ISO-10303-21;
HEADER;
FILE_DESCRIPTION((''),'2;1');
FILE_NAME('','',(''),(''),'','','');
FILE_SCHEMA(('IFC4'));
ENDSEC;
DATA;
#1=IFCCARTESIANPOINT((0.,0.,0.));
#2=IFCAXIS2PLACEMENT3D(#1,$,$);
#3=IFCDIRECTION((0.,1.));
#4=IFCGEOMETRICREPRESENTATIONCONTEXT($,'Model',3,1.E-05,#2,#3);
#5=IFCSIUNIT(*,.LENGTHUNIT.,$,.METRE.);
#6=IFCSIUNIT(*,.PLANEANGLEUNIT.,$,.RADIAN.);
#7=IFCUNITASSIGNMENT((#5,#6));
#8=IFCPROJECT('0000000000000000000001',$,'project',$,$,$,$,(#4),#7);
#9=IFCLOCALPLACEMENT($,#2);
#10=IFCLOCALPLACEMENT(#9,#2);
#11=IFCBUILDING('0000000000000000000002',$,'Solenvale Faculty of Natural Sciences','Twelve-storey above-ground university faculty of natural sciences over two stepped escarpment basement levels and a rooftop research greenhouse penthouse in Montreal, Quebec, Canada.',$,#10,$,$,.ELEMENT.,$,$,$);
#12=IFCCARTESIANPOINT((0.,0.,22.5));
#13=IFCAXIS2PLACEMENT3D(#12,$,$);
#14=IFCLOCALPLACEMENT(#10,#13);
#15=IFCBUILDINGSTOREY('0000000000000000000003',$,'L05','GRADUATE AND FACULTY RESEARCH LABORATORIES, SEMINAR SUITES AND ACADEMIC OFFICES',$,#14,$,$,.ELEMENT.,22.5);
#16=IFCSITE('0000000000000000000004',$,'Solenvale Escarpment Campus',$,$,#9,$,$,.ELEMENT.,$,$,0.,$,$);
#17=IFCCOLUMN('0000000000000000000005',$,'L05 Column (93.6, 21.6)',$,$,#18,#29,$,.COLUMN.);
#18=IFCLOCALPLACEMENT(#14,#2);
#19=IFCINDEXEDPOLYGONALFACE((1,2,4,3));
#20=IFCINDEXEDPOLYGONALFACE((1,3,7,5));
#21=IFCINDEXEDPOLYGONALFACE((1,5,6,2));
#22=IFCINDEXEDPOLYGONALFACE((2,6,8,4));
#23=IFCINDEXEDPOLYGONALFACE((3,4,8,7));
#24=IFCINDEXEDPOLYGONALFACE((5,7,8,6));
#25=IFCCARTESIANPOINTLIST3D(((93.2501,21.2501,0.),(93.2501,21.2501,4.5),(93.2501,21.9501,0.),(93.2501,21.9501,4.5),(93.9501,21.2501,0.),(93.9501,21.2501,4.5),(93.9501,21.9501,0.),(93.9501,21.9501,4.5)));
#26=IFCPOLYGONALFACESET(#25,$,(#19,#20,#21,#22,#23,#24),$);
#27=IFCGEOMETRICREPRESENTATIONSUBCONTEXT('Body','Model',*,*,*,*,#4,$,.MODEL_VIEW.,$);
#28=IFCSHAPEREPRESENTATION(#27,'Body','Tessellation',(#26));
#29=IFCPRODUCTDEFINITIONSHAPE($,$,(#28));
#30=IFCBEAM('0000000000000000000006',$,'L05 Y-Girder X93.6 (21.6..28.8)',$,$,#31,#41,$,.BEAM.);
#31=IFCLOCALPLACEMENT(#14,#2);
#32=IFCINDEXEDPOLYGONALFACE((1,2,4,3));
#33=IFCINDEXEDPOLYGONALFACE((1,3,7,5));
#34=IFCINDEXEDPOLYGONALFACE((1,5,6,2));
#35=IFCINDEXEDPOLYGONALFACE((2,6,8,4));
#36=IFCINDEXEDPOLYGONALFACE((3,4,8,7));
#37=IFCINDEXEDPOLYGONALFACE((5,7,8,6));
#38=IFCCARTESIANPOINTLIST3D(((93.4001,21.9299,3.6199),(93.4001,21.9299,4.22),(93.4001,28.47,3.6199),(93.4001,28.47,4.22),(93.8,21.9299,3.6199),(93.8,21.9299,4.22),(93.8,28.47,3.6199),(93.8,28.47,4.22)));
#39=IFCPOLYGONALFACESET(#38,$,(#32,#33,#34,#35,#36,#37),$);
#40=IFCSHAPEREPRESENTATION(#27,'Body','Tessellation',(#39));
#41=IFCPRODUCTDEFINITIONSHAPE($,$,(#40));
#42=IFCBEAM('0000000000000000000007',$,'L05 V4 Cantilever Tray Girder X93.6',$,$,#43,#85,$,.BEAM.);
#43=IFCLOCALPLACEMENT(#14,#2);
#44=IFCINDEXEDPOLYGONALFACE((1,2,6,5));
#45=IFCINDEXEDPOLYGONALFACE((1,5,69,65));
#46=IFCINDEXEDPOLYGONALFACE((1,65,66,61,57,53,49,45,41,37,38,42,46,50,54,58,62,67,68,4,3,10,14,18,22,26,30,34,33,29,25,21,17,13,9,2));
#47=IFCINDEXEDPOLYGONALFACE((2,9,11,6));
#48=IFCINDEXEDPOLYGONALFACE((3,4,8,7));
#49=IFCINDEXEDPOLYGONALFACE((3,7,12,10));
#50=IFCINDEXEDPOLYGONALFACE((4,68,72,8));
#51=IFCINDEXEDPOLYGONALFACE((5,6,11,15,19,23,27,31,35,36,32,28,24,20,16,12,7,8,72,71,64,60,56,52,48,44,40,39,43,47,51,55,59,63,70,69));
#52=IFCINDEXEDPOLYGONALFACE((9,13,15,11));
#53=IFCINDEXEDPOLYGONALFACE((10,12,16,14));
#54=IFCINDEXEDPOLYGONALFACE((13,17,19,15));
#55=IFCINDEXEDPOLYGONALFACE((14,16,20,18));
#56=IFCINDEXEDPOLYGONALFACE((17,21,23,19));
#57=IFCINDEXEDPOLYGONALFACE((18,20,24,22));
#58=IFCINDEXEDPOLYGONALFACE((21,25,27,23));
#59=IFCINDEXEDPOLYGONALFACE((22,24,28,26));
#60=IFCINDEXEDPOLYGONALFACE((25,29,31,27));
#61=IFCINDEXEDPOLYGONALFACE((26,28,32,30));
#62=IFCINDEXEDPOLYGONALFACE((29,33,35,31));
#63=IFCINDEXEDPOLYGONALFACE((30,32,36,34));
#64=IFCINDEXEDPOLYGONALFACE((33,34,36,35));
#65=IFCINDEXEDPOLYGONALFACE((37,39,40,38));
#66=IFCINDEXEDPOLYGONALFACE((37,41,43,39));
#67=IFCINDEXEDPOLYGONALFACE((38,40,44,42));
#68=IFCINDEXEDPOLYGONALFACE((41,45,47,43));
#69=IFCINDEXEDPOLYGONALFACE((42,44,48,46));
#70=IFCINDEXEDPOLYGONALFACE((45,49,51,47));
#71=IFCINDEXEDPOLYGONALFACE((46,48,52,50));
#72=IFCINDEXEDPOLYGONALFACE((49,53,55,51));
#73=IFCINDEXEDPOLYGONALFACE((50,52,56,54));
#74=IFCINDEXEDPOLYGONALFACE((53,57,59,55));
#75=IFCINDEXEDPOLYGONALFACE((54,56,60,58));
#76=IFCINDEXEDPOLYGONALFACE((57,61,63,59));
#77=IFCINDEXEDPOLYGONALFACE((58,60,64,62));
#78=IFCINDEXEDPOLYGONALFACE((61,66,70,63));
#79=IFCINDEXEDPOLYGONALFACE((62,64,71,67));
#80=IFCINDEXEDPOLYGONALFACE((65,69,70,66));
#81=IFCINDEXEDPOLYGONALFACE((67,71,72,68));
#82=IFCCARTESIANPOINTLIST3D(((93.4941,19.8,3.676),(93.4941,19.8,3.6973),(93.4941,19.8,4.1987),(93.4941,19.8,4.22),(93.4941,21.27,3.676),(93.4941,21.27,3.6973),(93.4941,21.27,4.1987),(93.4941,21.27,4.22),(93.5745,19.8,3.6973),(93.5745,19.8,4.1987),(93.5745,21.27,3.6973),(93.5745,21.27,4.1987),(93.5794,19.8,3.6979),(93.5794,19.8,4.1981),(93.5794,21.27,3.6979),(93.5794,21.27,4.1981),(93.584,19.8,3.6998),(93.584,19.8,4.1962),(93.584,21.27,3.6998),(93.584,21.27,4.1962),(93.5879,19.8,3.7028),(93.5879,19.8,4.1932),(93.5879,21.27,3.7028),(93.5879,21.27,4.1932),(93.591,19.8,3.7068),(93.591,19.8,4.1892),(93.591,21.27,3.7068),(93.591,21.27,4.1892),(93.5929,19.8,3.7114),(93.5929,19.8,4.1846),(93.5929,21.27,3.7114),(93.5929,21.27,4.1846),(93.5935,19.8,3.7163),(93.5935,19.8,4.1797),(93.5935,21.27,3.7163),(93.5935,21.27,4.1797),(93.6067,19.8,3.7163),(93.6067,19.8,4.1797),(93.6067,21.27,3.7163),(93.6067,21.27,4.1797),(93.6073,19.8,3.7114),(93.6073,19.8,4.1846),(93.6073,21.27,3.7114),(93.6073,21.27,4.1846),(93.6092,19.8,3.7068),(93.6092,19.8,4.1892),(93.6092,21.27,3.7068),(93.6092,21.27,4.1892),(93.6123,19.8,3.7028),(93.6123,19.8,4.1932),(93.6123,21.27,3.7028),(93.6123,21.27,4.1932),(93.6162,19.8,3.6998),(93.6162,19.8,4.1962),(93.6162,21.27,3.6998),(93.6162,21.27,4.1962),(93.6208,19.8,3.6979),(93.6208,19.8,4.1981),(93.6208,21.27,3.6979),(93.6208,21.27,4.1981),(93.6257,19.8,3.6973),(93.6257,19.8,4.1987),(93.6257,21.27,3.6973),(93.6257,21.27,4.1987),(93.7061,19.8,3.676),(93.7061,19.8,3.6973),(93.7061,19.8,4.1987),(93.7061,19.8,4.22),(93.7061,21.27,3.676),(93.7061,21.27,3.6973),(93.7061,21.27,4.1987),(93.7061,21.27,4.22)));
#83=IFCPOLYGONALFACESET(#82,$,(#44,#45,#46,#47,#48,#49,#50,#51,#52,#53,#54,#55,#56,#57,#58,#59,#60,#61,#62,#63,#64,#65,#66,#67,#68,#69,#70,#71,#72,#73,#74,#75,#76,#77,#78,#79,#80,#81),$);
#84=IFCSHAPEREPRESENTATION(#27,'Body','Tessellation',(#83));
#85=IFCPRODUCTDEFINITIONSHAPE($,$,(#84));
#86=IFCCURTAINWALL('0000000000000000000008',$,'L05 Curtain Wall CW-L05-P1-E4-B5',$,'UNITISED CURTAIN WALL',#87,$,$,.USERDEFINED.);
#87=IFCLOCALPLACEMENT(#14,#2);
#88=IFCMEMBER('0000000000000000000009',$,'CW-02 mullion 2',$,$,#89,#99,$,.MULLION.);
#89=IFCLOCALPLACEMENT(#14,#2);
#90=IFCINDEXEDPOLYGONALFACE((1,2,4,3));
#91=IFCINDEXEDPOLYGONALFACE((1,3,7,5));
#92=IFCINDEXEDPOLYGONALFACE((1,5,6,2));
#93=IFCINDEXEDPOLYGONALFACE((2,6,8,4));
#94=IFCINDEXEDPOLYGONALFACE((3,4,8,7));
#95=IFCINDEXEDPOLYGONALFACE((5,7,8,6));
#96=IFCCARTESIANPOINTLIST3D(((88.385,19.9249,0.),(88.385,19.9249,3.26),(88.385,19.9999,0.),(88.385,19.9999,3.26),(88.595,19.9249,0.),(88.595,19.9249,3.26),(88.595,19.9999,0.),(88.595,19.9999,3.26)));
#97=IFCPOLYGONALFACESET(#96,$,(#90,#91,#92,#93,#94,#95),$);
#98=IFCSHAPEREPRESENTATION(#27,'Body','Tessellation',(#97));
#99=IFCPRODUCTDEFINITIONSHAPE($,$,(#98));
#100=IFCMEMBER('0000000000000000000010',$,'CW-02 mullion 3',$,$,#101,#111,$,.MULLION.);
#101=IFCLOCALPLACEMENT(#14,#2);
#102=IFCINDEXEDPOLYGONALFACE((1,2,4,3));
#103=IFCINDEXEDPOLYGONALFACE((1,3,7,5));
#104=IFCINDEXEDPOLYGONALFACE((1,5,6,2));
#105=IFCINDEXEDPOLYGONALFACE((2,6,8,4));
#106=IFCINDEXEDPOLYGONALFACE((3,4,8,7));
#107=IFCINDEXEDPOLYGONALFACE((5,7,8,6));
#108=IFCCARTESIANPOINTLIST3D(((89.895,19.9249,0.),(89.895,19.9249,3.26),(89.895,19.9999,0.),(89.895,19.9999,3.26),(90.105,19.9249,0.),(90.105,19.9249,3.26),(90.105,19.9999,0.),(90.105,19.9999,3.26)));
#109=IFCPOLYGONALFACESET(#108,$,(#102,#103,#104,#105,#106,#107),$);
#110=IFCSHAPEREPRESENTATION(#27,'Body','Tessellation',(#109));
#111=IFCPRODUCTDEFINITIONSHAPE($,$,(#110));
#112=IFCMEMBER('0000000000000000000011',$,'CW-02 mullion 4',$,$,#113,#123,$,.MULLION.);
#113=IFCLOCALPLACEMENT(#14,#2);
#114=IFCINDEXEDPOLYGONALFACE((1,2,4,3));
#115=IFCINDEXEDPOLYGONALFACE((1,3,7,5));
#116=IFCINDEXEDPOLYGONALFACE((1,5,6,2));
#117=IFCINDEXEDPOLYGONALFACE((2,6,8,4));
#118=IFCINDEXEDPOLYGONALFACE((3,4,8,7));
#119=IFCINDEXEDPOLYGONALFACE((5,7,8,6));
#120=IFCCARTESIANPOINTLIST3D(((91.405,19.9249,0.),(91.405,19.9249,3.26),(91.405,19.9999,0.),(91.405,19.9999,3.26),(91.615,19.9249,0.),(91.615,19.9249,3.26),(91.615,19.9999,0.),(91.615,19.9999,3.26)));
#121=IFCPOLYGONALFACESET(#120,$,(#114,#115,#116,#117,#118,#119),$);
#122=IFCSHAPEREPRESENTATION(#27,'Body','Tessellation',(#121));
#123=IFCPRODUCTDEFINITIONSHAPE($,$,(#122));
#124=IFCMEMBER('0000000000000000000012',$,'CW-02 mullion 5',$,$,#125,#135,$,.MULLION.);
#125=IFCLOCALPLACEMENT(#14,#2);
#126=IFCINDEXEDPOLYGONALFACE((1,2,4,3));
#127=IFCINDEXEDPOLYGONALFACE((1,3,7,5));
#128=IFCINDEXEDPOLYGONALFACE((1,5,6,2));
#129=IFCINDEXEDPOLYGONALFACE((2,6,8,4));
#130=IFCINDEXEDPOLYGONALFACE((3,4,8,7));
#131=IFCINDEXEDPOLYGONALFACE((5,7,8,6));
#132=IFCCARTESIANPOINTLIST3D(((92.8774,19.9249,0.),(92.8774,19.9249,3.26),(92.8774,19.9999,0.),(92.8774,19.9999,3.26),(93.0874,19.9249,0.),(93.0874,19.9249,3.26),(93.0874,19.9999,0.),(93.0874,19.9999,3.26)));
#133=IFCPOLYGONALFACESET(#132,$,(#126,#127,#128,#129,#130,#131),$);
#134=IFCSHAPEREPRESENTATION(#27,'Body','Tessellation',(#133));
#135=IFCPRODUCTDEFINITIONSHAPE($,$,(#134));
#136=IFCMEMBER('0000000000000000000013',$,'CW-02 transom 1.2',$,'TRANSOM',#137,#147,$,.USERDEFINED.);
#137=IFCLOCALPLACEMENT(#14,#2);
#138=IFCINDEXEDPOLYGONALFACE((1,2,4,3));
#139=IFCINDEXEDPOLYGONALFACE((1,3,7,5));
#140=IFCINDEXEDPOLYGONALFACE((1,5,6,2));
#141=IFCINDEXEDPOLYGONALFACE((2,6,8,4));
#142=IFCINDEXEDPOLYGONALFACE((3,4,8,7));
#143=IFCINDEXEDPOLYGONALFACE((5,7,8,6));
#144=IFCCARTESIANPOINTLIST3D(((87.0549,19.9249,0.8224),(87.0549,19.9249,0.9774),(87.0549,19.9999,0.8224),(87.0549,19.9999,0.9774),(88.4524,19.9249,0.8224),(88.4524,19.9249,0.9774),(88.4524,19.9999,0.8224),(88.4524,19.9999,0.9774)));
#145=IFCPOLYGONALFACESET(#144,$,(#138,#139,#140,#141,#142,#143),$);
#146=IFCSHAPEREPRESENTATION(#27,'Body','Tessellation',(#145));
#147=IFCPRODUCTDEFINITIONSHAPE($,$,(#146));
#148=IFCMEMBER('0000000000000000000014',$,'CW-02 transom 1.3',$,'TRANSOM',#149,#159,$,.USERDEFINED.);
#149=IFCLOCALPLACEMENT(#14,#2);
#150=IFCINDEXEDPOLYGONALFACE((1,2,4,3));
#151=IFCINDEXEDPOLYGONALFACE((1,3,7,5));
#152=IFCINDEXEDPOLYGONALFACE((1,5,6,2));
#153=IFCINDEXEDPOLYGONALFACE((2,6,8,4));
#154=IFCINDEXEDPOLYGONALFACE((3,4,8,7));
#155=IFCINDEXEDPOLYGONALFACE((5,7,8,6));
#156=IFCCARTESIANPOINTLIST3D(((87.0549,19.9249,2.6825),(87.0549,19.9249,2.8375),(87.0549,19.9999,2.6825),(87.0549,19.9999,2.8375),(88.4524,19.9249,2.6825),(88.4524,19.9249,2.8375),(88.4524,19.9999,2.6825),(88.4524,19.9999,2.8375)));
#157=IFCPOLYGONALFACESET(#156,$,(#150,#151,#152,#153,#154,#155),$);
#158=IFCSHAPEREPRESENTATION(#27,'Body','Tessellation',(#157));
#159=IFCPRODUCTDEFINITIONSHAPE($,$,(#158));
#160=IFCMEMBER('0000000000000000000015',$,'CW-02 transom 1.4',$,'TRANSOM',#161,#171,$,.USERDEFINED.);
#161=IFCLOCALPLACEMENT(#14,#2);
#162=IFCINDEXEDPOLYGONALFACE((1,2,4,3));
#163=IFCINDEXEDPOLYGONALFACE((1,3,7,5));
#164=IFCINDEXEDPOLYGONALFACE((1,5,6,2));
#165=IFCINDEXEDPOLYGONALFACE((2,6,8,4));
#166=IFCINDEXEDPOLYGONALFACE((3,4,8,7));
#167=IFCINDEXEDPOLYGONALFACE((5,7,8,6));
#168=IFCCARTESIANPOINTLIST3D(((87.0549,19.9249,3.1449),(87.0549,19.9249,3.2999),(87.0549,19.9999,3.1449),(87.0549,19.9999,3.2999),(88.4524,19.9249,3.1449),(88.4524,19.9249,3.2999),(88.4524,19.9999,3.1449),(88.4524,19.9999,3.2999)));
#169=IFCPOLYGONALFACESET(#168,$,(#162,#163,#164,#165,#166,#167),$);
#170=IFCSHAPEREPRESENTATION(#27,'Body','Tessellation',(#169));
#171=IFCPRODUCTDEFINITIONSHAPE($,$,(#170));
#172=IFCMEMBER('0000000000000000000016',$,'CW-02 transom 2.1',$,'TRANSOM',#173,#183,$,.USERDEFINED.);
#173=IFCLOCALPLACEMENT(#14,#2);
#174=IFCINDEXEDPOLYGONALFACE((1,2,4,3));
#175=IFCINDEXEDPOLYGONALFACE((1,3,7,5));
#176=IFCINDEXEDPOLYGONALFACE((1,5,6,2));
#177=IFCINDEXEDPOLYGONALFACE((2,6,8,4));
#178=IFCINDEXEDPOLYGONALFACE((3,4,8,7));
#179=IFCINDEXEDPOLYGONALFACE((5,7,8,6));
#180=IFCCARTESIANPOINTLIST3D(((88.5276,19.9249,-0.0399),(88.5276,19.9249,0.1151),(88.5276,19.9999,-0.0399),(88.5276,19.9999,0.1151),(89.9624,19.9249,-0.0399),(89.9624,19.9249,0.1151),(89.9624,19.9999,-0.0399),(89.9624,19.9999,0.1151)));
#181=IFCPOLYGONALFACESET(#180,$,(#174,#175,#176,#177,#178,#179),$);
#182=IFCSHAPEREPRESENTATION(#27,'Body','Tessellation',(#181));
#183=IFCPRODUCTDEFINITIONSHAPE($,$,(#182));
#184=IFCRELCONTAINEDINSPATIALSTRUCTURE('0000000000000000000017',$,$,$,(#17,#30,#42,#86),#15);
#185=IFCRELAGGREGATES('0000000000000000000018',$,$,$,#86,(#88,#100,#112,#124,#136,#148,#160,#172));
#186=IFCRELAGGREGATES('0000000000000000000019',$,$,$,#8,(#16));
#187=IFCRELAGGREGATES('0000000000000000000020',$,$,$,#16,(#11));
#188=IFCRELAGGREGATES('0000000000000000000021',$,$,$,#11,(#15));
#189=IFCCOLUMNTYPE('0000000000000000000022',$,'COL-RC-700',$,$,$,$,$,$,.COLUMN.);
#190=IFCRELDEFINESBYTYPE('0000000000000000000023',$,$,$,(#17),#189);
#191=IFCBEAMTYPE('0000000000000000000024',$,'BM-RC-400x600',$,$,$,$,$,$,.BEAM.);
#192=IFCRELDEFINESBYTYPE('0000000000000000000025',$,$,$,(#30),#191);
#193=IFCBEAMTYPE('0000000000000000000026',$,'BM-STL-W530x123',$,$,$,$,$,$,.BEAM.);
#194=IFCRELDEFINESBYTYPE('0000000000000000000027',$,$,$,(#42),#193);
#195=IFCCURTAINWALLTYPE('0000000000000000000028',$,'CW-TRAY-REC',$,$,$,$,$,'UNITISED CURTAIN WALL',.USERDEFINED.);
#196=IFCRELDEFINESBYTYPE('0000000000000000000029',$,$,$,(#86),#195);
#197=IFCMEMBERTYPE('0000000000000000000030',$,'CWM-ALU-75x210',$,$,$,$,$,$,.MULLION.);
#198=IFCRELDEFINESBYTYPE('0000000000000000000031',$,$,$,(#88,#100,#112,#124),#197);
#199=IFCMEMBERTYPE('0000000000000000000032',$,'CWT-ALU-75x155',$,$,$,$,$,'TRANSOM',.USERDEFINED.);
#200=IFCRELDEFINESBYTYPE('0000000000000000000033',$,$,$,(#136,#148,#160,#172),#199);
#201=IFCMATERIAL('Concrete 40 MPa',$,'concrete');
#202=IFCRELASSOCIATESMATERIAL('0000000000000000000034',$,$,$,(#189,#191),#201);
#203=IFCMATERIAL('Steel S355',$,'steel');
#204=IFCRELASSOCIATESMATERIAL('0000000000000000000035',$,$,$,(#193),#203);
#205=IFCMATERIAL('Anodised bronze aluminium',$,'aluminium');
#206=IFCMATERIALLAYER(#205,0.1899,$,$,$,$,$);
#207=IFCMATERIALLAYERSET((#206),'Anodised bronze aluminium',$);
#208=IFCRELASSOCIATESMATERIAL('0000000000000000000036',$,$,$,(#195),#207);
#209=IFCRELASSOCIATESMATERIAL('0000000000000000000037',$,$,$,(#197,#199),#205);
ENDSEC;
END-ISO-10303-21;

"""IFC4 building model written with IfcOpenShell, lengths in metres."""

from ifc_helpers import new_model, si_unit, direction, frame, origin, origin_2d, place, context, subcontext, project, spatial, rectangle, i_section, extrude, material, layer, layer_set, material_profile, profile_set, type_object, element, aggregate, save


model = new_model("IFC4")

# Units and contexts
model_context = context("Model", 3, precision=1e-05, world=origin(), true_north=direction((0.0, 1.0)))
body_context = subcontext(model_context, "Body", "Model", "MODEL_VIEW")
ifc_project = project(units=[si_unit("LENGTHUNIT", "METRE"), si_unit("PLANEANGLEUNIT", "RADIAN")], contexts=[model_context])

# Site, building, storey
site_placement = place(None, origin())
site = spatial("IfcSite", under=ifc_project, at=site_placement, Name="Solenvale Escarpment Campus", CompositionType="ELEMENT", RefElevation=0.0)
building_placement = place(site_placement, origin())
building = spatial("IfcBuilding", under=site, at=building_placement, Name="Solenvale Faculty of Natural Sciences", Description="Twelve-storey above-ground university faculty of natural sciences over two stepped escarpment basement levels and a rooftop research greenhouse penthouse in Montreal, Quebec, Canada.", CompositionType="ELEMENT")
storey_placement = place(building_placement, frame((0.0, 0.0, 22.5)))
storey = spatial("IfcBuildingStorey", under=building, at=storey_placement, Name="L05", Description="GRADUATE AND FACULTY RESEARCH LABORATORIES, SEMINAR SUITES AND ACADEMIC OFFICES", CompositionType="ELEMENT", Elevation=22.5)

# Column
ifc_material_1 = material(Name="Concrete 40 MPa", Category="concrete")
ifc_material_profile_1 = material_profile(ifc_material_1, rectangle(XDim=0.7, YDim=0.7, at=origin_2d()), Name="RC-COL-700x700")
ifc_profile_set_1 = profile_set([ifc_material_profile_1], Name="Concrete 40 MPa")
column_type = type_object("IfcColumnType", Name="COL-RC-700", PredefinedType="COLUMN", material=ifc_profile_set_1)
column_placement = place(storey_placement, frame((93.6001, 21.6001, 0.0), z_axis=(0.0, 0.0, 1.0), x_axis=(1.0, 0.0, 0.0)))
element("IfcColumn", 1, at=column_placement, inside=storey, type_object=column_type, Name="L05 Column (93.6, 21.6)", PredefinedType="COLUMN", context=body_context, shape_type="SweptSolid", body=[
    extrude(rectangle(XDim=0.7, YDim=0.7, at=origin_2d()), origin(), (0.0, 0.0, 1.0), 4.5),
])

# Beams
ifc_material_profile_2 = material_profile(ifc_material_1, rectangle(XDim=0.3999, YDim=0.6001, at=origin_2d()), Name="RC-BM-400x600")
ifc_profile_set_2 = profile_set([ifc_material_profile_2], Name="Concrete 40 MPa")
beam_type_1 = type_object("IfcBeamType", Name="BM-RC-400x600", PredefinedType="BEAM", material=ifc_profile_set_2)
beam_1_placement = place(storey_placement, frame((93.6001, 21.9299, 3.9199), z_axis=(0.0, 1.0, 0.0), x_axis=(-1.0, 0.0, 0.0)))
element("IfcBeam", 2, at=beam_1_placement, inside=storey, type_object=beam_type_1, Name="L05 Y-Girder X93.6 (21.6..28.8)", PredefinedType="BEAM", context=body_context, shape_type="SweptSolid", body=[
    extrude(rectangle(XDim=0.3999, YDim=0.6001, at=origin_2d()), origin(), (0.0, 0.0, 1.0), 6.54),
])
ifc_material_2 = material(Name="Steel S355", Category="steel")
ifc_material_profile_3 = material_profile(ifc_material_2, i_section(OverallWidth=0.2119, OverallDepth=0.5439, WebThickness=0.0132, FlangeThickness=0.0212, FilletRadius=0.019, at=origin_2d()), Name="W530x123")
ifc_profile_set_3 = profile_set([ifc_material_profile_3], Name="Steel S355")
beam_type_2 = type_object("IfcBeamType", Name="BM-STL-W530x123", PredefinedType="BEAM", material=ifc_profile_set_3)
beam_2_placement = place(storey_placement, frame((93.6001, 21.27, 3.948), z_axis=(0.0, -1.0, 0.0), x_axis=(1.0, 0.0, 0.0)))
element("IfcBeam", 3, at=beam_2_placement, inside=storey, type_object=beam_type_2, Name="L05 V4 Cantilever Tray Girder X93.6", PredefinedType="BEAM", context=body_context, shape_type="SweptSolid", body=[
    extrude(i_section(OverallWidth=0.2119, OverallDepth=0.5439, WebThickness=0.0132, FlangeThickness=0.0212, FilletRadius=0.019, at=origin_2d()), origin(), (0.0, 0.0, 1.0), 1.47),
])

# Curtain wall, members
ifc_material_3 = material(Name="Anodised bronze aluminium", Category="aluminium")
ifc_layer_1 = layer(ifc_material_3, 0.1899)
ifc_layer_set_1 = layer_set([ifc_layer_1], Name="Anodised bronze aluminium")
curtain_wall_type = type_object("IfcCurtainWallType", Name="CW-TRAY-REC", ElementType="UNITISED CURTAIN WALL", PredefinedType="USERDEFINED", material=ifc_layer_set_1)
curtain_wall_placement = place(storey_placement, origin())
curtain_wall = element("IfcCurtainWall", 4, at=curtain_wall_placement, inside=storey, type_object=curtain_wall_type, Name="L05 Curtain Wall CW-L05-P1-E4-B5", ObjectType="UNITISED CURTAIN WALL", PredefinedType="USERDEFINED")
ifc_material_profile_4 = material_profile(ifc_material_3, rectangle(XDim=0.075, YDim=0.21, at=origin_2d()), Name="ALU-MUL-75x210")
ifc_profile_set_4 = profile_set([ifc_material_profile_4], Name="Anodised bronze aluminium")
member_type_1 = type_object("IfcMemberType", Name="CWM-ALU-75x210", PredefinedType="MULLION", material=ifc_profile_set_4)
member_1_placement = place(storey_placement, frame((88.49, 19.9624, 0.0), z_axis=(0.0, 0.0, 1.0), x_axis=(0.0, 1.0, 0.0)))
member_1 = element("IfcMember", 5, at=member_1_placement, type_object=member_type_1, Name="CW-02 mullion 2", PredefinedType="MULLION", context=body_context, shape_type="SweptSolid", body=[
    extrude(rectangle(XDim=0.075, YDim=0.21, at=origin_2d()), origin(), (0.0, 0.0, 1.0), 3.26),
])
member_2_placement = place(storey_placement, frame((90.0, 19.9624, 0.0), z_axis=(0.0, 0.0, 1.0), x_axis=(0.0, 1.0, 0.0)))
member_2 = element("IfcMember", 6, at=member_2_placement, type_object=member_type_1, Name="CW-02 mullion 3", PredefinedType="MULLION", context=body_context, shape_type="SweptSolid", body=[
    extrude(rectangle(XDim=0.075, YDim=0.21, at=origin_2d()), origin(), (0.0, 0.0, 1.0), 3.26),
])
member_3_placement = place(storey_placement, frame((91.51, 19.9624, 0.0), z_axis=(0.0, 0.0, 1.0), x_axis=(0.0, 1.0, 0.0)))
member_3 = element("IfcMember", 7, at=member_3_placement, type_object=member_type_1, Name="CW-02 mullion 4", PredefinedType="MULLION", context=body_context, shape_type="SweptSolid", body=[
    extrude(rectangle(XDim=0.075, YDim=0.21, at=origin_2d()), origin(), (0.0, 0.0, 1.0), 3.26),
])
member_4_placement = place(storey_placement, frame((92.9824, 19.9624, 0.0), z_axis=(0.0, 0.0, 1.0), x_axis=(0.0, 1.0, 0.0)))
member_4 = element("IfcMember", 8, at=member_4_placement, type_object=member_type_1, Name="CW-02 mullion 5", PredefinedType="MULLION", context=body_context, shape_type="SweptSolid", body=[
    extrude(rectangle(XDim=0.075, YDim=0.21, at=origin_2d()), origin(), (0.0, 0.0, 1.0), 3.26),
])
ifc_material_profile_5 = material_profile(ifc_material_3, rectangle(XDim=0.075, YDim=0.155, at=origin_2d()), Name="ALU-TRN-75x155")
ifc_profile_set_5 = profile_set([ifc_material_profile_5], Name="Anodised bronze aluminium")
member_type_2 = type_object("IfcMemberType", Name="CWT-ALU-75x155", ElementType="TRANSOM", PredefinedType="USERDEFINED", material=ifc_profile_set_5)
member_5_placement = place(storey_placement, frame((87.0549, 19.9624, 0.8999), z_axis=(1.0, 0.0, 0.0), x_axis=(0.0, 1.0, 0.0)))
member_5 = element("IfcMember", 9, at=member_5_placement, type_object=member_type_2, Name="CW-02 transom 1.2", ObjectType="TRANSOM", PredefinedType="USERDEFINED", context=body_context, shape_type="SweptSolid", body=[
    extrude(rectangle(XDim=0.075, YDim=0.155, at=origin_2d()), origin(), (0.0, 0.0, 1.0), 1.3975),
])
member_6_placement = place(storey_placement, frame((87.0549, 19.9624, 2.76), z_axis=(1.0, 0.0, 0.0), x_axis=(0.0, 1.0, 0.0)))
member_6 = element("IfcMember", 10, at=member_6_placement, type_object=member_type_2, Name="CW-02 transom 1.3", ObjectType="TRANSOM", PredefinedType="USERDEFINED", context=body_context, shape_type="SweptSolid", body=[
    extrude(rectangle(XDim=0.075, YDim=0.155, at=origin_2d()), origin(), (0.0, 0.0, 1.0), 1.3975),
])
member_7_placement = place(storey_placement, frame((87.0549, 19.9624, 3.2224), z_axis=(1.0, 0.0, 0.0), x_axis=(0.0, 1.0, 0.0)))
member_7 = element("IfcMember", 11, at=member_7_placement, type_object=member_type_2, Name="CW-02 transom 1.4", ObjectType="TRANSOM", PredefinedType="USERDEFINED", context=body_context, shape_type="SweptSolid", body=[
    extrude(rectangle(XDim=0.075, YDim=0.155, at=origin_2d()), origin(), (0.0, 0.0, 1.0), 1.3975),
])
member_8_placement = place(storey_placement, frame((88.5276, 19.9624, 0.0376), z_axis=(1.0, 0.0, 0.0), x_axis=(0.0, 1.0, 0.0)))
member_8 = element("IfcMember", 12, at=member_8_placement, type_object=member_type_2, Name="CW-02 transom 2.1", ObjectType="TRANSOM", PredefinedType="USERDEFINED", context=body_context, shape_type="SweptSolid", body=[
    extrude(rectangle(XDim=0.075, YDim=0.155, at=origin_2d()), origin(), (0.0, 0.0, 1.0), 1.4348),
])
aggregate(curtain_wall, [member_1, member_2, member_3, member_4, member_5, member_6, member_7, member_8])

save(model, "model.ifc")
